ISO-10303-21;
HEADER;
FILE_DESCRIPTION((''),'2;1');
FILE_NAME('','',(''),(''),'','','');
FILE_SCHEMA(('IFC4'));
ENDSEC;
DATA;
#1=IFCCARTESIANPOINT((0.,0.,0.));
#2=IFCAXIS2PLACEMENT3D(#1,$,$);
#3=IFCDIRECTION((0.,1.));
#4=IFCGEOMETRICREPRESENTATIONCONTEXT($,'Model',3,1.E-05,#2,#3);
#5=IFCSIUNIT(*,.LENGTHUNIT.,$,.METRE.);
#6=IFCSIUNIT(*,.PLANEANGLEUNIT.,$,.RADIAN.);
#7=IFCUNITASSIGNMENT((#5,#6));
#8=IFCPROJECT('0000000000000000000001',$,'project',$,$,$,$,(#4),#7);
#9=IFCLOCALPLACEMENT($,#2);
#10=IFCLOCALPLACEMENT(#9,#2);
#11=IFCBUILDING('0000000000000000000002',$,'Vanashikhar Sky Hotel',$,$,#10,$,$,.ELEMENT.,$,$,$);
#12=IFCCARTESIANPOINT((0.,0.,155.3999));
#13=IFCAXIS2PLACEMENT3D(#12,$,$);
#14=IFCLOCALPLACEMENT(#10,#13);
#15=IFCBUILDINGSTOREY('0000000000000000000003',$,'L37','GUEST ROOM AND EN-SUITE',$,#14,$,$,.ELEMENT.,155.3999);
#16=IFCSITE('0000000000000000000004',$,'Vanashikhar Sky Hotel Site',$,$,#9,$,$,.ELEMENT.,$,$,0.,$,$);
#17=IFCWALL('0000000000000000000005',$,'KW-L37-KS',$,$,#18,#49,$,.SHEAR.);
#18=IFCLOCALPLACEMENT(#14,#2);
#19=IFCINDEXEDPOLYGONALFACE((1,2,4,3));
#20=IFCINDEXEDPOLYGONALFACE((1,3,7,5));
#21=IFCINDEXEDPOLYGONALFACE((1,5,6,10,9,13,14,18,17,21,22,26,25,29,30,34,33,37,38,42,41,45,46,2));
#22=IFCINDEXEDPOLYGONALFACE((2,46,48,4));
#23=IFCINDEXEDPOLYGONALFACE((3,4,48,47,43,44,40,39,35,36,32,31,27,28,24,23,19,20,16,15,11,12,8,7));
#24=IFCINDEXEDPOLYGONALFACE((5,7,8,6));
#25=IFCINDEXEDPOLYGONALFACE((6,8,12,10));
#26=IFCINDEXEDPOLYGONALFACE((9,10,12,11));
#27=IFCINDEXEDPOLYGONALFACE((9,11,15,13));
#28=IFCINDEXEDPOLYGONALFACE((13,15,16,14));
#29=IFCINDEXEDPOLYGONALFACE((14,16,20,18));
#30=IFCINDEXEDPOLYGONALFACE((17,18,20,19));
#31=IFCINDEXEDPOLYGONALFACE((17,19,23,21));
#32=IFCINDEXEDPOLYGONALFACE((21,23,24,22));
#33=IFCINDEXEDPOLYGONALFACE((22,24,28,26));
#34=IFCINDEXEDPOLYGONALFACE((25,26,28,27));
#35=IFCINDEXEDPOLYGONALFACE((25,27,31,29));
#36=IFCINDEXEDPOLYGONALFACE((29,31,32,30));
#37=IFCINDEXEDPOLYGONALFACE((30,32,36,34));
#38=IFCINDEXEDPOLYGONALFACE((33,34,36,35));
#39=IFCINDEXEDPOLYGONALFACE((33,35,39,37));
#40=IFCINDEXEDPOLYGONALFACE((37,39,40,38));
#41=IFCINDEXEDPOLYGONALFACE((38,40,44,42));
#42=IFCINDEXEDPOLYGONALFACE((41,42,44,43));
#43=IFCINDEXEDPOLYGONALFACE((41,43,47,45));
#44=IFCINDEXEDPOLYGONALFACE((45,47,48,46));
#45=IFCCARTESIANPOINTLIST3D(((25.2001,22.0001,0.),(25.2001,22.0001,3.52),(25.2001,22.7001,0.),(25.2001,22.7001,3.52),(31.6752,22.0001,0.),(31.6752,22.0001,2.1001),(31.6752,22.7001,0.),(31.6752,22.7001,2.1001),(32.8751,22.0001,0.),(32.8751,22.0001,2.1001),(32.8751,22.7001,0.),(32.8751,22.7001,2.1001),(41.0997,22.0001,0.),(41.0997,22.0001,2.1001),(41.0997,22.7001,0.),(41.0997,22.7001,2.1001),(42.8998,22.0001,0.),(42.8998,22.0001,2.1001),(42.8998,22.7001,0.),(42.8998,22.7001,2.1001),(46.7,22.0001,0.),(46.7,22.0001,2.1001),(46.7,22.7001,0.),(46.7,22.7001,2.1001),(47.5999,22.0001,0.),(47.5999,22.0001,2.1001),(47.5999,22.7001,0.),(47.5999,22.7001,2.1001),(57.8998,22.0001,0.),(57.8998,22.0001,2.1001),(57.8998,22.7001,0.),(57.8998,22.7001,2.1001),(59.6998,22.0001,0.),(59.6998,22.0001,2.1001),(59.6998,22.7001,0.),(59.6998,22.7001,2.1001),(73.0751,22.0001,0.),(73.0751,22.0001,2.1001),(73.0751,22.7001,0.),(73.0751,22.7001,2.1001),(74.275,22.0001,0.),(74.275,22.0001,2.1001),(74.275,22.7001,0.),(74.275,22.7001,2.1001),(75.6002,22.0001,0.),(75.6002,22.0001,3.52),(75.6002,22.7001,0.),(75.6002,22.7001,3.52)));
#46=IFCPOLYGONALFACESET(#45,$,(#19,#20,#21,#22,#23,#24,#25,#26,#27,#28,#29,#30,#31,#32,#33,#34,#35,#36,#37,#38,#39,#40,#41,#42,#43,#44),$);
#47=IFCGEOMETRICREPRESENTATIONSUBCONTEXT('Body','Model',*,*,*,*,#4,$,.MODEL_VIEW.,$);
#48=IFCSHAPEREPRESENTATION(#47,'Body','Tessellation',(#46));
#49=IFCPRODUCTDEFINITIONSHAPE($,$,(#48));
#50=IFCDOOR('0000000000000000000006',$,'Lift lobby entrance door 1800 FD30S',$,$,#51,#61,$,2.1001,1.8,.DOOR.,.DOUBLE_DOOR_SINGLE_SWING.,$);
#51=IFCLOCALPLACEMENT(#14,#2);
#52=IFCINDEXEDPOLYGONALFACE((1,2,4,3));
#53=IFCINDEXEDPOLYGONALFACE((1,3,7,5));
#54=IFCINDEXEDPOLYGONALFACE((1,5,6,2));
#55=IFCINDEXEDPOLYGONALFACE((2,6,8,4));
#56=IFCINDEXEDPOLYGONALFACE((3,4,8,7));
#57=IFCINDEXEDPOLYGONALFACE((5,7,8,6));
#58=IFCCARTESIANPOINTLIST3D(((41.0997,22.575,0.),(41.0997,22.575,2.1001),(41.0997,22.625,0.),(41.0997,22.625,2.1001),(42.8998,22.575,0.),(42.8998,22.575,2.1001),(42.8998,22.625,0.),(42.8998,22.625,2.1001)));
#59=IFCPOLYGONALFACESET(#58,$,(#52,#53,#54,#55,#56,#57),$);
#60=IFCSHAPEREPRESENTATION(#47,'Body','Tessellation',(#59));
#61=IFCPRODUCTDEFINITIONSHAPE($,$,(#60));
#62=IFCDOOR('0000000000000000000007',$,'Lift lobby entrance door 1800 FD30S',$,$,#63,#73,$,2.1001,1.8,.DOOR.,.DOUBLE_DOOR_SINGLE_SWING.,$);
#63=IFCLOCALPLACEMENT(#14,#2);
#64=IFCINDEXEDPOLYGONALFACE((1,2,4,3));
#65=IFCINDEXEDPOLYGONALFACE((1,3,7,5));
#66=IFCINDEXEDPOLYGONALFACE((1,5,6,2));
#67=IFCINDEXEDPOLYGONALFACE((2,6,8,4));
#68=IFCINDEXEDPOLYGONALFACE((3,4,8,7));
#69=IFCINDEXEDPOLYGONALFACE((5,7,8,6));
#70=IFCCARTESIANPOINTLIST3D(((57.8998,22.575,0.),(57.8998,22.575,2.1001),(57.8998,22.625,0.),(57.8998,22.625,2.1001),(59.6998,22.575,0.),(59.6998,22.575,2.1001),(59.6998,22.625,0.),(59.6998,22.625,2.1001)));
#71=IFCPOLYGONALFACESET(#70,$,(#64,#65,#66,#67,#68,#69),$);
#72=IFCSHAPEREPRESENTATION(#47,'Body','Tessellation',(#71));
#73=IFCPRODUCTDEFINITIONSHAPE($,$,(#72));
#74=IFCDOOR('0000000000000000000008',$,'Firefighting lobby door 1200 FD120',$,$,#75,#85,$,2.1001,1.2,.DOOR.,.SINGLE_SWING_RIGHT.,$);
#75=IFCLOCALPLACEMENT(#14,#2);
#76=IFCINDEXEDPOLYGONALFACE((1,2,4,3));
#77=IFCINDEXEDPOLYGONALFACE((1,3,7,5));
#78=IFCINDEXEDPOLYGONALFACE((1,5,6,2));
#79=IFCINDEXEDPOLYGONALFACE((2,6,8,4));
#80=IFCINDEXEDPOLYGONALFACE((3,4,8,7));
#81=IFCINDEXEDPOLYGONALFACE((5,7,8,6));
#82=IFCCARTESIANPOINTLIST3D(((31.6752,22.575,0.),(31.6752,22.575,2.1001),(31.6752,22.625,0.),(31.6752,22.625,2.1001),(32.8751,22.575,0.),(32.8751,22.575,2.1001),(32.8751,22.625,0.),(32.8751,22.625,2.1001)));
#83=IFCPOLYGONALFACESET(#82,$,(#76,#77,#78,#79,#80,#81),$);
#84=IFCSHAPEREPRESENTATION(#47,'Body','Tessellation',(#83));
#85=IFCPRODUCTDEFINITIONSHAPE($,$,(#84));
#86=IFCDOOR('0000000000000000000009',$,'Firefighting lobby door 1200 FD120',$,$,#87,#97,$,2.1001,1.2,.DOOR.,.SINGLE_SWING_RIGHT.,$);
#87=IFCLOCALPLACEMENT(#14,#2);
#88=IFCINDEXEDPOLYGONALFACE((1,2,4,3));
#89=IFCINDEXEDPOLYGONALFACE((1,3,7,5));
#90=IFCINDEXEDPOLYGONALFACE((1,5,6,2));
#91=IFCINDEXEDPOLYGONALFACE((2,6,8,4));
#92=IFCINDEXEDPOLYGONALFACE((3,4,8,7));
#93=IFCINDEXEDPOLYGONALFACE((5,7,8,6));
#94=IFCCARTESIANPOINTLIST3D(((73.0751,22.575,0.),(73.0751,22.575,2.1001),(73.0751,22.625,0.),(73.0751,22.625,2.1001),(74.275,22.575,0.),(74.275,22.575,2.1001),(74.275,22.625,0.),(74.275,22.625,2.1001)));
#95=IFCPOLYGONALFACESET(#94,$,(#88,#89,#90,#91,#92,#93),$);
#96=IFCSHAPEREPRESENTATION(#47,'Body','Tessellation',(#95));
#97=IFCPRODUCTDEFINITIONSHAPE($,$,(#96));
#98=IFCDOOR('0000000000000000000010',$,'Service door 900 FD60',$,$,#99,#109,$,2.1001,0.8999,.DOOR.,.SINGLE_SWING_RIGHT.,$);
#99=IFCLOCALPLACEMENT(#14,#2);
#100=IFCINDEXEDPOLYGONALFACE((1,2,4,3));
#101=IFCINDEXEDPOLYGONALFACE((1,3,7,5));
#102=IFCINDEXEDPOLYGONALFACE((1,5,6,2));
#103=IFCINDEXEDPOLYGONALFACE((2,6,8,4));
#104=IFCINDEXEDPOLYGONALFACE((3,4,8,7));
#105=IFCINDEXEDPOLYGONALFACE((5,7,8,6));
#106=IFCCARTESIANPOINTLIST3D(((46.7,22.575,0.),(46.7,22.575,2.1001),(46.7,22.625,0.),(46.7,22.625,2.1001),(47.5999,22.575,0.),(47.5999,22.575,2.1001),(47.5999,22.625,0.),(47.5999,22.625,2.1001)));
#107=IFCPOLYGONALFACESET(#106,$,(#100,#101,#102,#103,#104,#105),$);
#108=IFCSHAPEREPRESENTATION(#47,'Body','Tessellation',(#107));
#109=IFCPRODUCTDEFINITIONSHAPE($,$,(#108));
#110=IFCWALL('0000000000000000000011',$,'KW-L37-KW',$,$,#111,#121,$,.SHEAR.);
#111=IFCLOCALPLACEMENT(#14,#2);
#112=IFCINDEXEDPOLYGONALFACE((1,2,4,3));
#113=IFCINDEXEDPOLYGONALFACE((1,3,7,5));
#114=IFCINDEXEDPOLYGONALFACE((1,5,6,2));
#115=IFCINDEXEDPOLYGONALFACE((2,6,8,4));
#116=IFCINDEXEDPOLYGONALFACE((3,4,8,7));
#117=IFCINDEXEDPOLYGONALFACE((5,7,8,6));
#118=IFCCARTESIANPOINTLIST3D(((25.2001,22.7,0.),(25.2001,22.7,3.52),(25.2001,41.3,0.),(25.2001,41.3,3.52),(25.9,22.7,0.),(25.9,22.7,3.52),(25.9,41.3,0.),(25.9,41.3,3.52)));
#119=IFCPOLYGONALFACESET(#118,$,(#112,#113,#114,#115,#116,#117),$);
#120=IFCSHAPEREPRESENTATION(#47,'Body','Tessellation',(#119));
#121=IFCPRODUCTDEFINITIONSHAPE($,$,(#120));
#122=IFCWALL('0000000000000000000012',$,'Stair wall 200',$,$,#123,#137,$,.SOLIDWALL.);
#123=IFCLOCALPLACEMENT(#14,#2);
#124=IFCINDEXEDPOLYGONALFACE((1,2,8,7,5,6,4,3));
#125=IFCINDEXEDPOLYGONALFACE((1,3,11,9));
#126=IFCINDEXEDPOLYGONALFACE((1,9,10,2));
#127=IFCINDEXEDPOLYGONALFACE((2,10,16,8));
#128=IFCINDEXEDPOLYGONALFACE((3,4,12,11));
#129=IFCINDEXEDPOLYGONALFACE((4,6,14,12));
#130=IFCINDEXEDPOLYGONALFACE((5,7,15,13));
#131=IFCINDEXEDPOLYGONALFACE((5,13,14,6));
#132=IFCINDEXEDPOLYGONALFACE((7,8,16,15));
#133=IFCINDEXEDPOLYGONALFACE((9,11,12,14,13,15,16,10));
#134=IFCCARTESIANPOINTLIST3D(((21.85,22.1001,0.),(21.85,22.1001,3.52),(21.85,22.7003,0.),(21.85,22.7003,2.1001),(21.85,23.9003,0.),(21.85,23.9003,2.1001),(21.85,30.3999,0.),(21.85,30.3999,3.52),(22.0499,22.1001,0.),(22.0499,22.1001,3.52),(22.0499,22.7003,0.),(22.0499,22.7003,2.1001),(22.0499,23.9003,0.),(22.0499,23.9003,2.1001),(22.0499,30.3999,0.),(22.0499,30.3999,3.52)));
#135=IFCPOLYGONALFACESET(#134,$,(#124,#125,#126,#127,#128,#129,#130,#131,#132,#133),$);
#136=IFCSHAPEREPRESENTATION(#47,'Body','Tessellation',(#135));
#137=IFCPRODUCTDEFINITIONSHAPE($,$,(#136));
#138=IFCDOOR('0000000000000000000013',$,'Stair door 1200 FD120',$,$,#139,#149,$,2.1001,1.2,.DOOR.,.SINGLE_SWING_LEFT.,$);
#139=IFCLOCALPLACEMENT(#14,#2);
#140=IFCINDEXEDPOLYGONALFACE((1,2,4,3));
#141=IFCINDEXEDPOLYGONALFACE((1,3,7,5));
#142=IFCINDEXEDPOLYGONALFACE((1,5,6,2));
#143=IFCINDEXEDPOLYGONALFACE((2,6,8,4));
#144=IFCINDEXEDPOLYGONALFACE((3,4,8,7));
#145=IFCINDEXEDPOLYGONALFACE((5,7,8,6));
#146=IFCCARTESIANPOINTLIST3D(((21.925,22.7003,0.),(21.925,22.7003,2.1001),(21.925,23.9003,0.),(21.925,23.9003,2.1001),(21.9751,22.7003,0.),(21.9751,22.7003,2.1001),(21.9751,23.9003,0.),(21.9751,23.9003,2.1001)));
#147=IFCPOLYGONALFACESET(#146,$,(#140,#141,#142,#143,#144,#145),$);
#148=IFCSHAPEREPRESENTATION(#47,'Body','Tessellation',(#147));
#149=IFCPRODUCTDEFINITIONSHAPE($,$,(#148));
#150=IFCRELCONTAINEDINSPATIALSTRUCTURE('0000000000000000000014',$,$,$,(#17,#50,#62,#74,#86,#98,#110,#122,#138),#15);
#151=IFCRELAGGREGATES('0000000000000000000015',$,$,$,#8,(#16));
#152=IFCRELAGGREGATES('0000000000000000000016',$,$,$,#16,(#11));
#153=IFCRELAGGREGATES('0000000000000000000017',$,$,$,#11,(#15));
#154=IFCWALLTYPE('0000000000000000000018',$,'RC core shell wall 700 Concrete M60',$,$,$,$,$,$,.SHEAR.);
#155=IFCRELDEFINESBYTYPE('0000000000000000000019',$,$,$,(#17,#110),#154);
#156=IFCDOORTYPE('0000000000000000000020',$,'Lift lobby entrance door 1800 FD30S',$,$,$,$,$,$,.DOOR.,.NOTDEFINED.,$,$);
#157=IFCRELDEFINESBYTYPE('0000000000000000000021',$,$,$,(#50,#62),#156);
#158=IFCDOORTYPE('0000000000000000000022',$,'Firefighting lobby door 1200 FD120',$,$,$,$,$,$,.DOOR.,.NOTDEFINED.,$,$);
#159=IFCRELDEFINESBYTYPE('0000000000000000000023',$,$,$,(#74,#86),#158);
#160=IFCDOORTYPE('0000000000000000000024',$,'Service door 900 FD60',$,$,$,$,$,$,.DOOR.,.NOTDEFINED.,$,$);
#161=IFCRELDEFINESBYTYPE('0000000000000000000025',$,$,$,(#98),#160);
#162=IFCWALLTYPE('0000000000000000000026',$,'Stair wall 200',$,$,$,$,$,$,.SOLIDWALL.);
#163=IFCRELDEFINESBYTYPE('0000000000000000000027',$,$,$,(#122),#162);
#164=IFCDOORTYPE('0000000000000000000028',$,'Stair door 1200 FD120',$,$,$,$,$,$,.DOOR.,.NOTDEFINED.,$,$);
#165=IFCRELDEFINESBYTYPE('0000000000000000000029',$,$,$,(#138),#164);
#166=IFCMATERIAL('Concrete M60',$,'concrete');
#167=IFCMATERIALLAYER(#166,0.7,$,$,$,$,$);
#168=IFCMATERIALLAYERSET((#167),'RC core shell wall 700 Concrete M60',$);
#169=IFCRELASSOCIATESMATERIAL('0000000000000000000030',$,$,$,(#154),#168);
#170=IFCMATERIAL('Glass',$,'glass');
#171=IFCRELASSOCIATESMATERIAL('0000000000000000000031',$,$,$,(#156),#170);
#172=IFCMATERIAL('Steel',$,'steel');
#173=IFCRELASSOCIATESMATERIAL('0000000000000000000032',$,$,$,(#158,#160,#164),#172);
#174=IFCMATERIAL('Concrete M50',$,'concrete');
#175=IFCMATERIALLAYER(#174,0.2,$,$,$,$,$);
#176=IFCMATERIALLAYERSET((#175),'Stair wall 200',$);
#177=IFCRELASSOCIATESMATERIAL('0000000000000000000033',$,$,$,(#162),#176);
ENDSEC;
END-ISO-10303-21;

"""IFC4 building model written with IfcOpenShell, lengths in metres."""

from ifc_helpers import new_model, si_unit, direction, frame, frame_2d, origin, place, context, subcontext, project, spatial, rectangle, extrude, source, transform, mapped, material, layer, layer_set, type_object, element, fill, save


model = new_model("IFC4")

# Units and contexts
model_context = context("Model", 3, precision=1e-05, world=origin(), true_north=direction((0.0, 1.0)))
body_context = subcontext(model_context, "Body", "Model", "MODEL_VIEW")
ifc_project = project(units=[si_unit("LENGTHUNIT", "METRE"), si_unit("PLANEANGLEUNIT", "RADIAN")], contexts=[model_context])

# Site, building, storey
site_placement = place(None, origin())
site = spatial("IfcSite", under=ifc_project, at=site_placement, Name="Vanashikhar Sky Hotel Site", CompositionType="ELEMENT", RefElevation=0.0)
building_placement = place(site_placement, origin())
building = spatial("IfcBuilding", under=site, at=building_placement, Name="Vanashikhar Sky Hotel", CompositionType="ELEMENT")
storey_placement = place(building_placement, frame((0.0, 0.0, 155.3999)))
storey = spatial("IfcBuildingStorey", under=building, at=storey_placement, Name="L37", Description="GUEST ROOM AND EN-SUITE", CompositionType="ELEMENT", Elevation=155.3999)

# Wall, openings, doors
ifc_material_1 = material(Name="Concrete M60", Category="concrete")
ifc_layer_1 = layer(ifc_material_1, 0.7)
ifc_layer_set_1 = layer_set([ifc_layer_1], Name="RC core shell wall 700 Concrete M60")
wall_type_1 = type_object("IfcWallType", Name="RC core shell wall 700 Concrete M60", PredefinedType="SHEAR", material=ifc_layer_set_1)
shared_shape_1 = source(origin(), body_context, "Body", "SweptSolid", [
    extrude(rectangle(XDim=50.4001, YDim=0.7, at=frame_2d((25.2002, 0.0))), origin(), (0.0, 0.0, 1.0), 3.52),
])
wall_1_placement = place(storey_placement, frame((25.2, 22.3501, 0.0), z_axis=(0.0, 0.0, 1.0), x_axis=(1.0, 0.0, 0.0)))
wall_1 = element("IfcWall", 1, at=wall_1_placement, inside=storey, type_object=wall_type_1, Name="KW-L37-KS", PredefinedType="SHEAR", context=body_context, shape_type="MappedRepresentation", body=[
    mapped(shared_shape_1, transform((0.0, 0.0, 0.0), scale=1.0)),
])
shared_shape_2 = source(origin(), body_context, "Body", "SweptSolid", [
    extrude(rectangle(XDim=1.8, YDim=2.1001, at=frame_2d((0.8999, 1.05))), frame((0.0, 0.3599, 0.0), z_axis=(0.0, -1.0, 0.0), x_axis=(1.0, 0.0, 0.0)), (0.0, 0.0, 1.0), 0.72),
])
opening_1_placement = place(wall_1_placement, frame((15.8999, 0.0, 0.0)))
opening_1 = element("IfcOpeningElement", 2, at=opening_1_placement, cuts=wall_1, PredefinedType="OPENING", context=body_context, shape_type="MappedRepresentation", body=[
    mapped(shared_shape_2, transform((0.0, 0.0, 0.0), scale=1.0)),
])
shared_shape_3 = source(origin(), body_context, "Body", "SweptSolid", [
    extrude(rectangle(XDim=0.8999, YDim=2.1001, at=frame_2d((0.45, 1.05))), frame((0.0, 0.3599, 0.0), z_axis=(0.0, -1.0, 0.0), x_axis=(1.0, 0.0, 0.0)), (0.0, 0.0, 1.0), 0.72),
])
opening_2_placement = place(wall_1_placement, frame((21.5, 0.0, 0.0)))
opening_2 = element("IfcOpeningElement", 3, at=opening_2_placement, cuts=wall_1, PredefinedType="OPENING", context=body_context, shape_type="MappedRepresentation", body=[
    mapped(shared_shape_3, transform((0.0, 0.0, 0.0), scale=1.0)),
])
opening_3_placement = place(wall_1_placement, frame((32.7, 0.0, 0.0)))
opening_3 = element("IfcOpeningElement", 4, at=opening_3_placement, cuts=wall_1, PredefinedType="OPENING", context=body_context, shape_type="MappedRepresentation", body=[
    mapped(shared_shape_2, transform((0.0, 0.0, 0.0), scale=1.0)),
])
shared_shape_4 = source(origin(), body_context, "Body", "SweptSolid", [
    extrude(rectangle(XDim=1.2, YDim=2.1001, at=frame_2d((0.6001, 1.05))), frame((0.0, 0.3599, 0.0), z_axis=(0.0, -1.0, 0.0), x_axis=(1.0, 0.0, 0.0)), (0.0, 0.0, 1.0), 0.72),
])
opening_4_placement = place(wall_1_placement, frame((6.4751, 0.0, 0.0)))
opening_4 = element("IfcOpeningElement", 5, at=opening_4_placement, cuts=wall_1, PredefinedType="OPENING", context=body_context, shape_type="MappedRepresentation", body=[
    mapped(shared_shape_4, transform((0.0, 0.0, 0.0), scale=1.0)),
])
opening_5_placement = place(wall_1_placement, frame((47.875, 0.0, 0.0)))
opening_5 = element("IfcOpeningElement", 6, at=opening_5_placement, cuts=wall_1, PredefinedType="OPENING", context=body_context, shape_type="MappedRepresentation", body=[
    mapped(shared_shape_4, transform((0.0, 0.0, 0.0), scale=1.0)),
])
ifc_material_2 = material(Name="Glass", Category="glass")
door_type_1 = type_object("IfcDoorType", Name="Lift lobby entrance door 1800 FD30S", OperationType="NOTDEFINED", PredefinedType="DOOR", material=ifc_material_2)
shared_shape_5 = source(origin(), body_context, "Body", "SweptSolid", [
    extrude(rectangle(XDim=1.8, YDim=2.1001, at=frame_2d((0.8999, 1.05))), frame((0.0, 0.2749, 0.0), z_axis=(0.0, -1.0, 0.0), x_axis=(1.0, 0.0, 0.0)), (0.0, 0.0, 1.0), 0.05),
])
door_1_placement = place(opening_1_placement, origin())
door_1 = element("IfcDoor", 7, at=door_1_placement, inside=storey, type_object=door_type_1, Name="Lift lobby entrance door 1800 FD30S", OperationType="DOUBLE_DOOR_SINGLE_SWING", OverallHeight=2.1001, OverallWidth=1.8, PredefinedType="DOOR", context=body_context, shape_type="MappedRepresentation", body=[
    mapped(shared_shape_5, transform((0.0, 0.0, 0.0), scale=1.0)),
])
fill(opening_1, door_1)
door_2_placement = place(opening_3_placement, origin())
door_2 = element("IfcDoor", 8, at=door_2_placement, inside=storey, type_object=door_type_1, Name="Lift lobby entrance door 1800 FD30S", OperationType="DOUBLE_DOOR_SINGLE_SWING", OverallHeight=2.1001, OverallWidth=1.8, PredefinedType="DOOR", context=body_context, shape_type="MappedRepresentation", body=[
    mapped(shared_shape_5, transform((0.0, 0.0, 0.0), scale=1.0)),
])
fill(opening_3, door_2)
ifc_material_3 = material(Name="Steel", Category="steel")
door_type_2 = type_object("IfcDoorType", Name="Firefighting lobby door 1200 FD120", OperationType="NOTDEFINED", PredefinedType="DOOR", material=ifc_material_3)
shared_shape_6 = source(origin(), body_context, "Body", "SweptSolid", [
    extrude(rectangle(XDim=1.2, YDim=2.1001, at=frame_2d((0.6001, 1.05))), frame((0.0, 0.2749, 0.0), z_axis=(0.0, -1.0, 0.0), x_axis=(1.0, 0.0, 0.0)), (0.0, 0.0, 1.0), 0.05),
])
door_3_placement = place(opening_4_placement, origin())
door_3 = element("IfcDoor", 9, at=door_3_placement, inside=storey, type_object=door_type_2, Name="Firefighting lobby door 1200 FD120", OperationType="SINGLE_SWING_RIGHT", OverallHeight=2.1001, OverallWidth=1.2, PredefinedType="DOOR", context=body_context, shape_type="MappedRepresentation", body=[
    mapped(shared_shape_6, transform((0.0, 0.0, 0.0), scale=1.0)),
])
fill(opening_4, door_3)
door_4_placement = place(opening_5_placement, origin())
door_4 = element("IfcDoor", 10, at=door_4_placement, inside=storey, type_object=door_type_2, Name="Firefighting lobby door 1200 FD120", OperationType="SINGLE_SWING_RIGHT", OverallHeight=2.1001, OverallWidth=1.2, PredefinedType="DOOR", context=body_context, shape_type="MappedRepresentation", body=[
    mapped(shared_shape_6, transform((0.0, 0.0, 0.0), scale=1.0)),
])
fill(opening_5, door_4)
door_type_3 = type_object("IfcDoorType", Name="Service door 900 FD60", OperationType="NOTDEFINED", PredefinedType="DOOR", material=ifc_material_3)
shared_shape_7 = source(origin(), body_context, "Body", "SweptSolid", [
    extrude(rectangle(XDim=0.8999, YDim=2.1001, at=frame_2d((0.45, 1.05))), frame((0.0, 0.2749, 0.0), z_axis=(0.0, -1.0, 0.0), x_axis=(1.0, 0.0, 0.0)), (0.0, 0.0, 1.0), 0.05),
])
door_5_placement = place(opening_2_placement, origin())
door_5 = element("IfcDoor", 11, at=door_5_placement, inside=storey, type_object=door_type_3, Name="Service door 900 FD60", OperationType="SINGLE_SWING_RIGHT", OverallHeight=2.1001, OverallWidth=0.8999, PredefinedType="DOOR", context=body_context, shape_type="MappedRepresentation", body=[
    mapped(shared_shape_7, transform((0.0, 0.0, 0.0), scale=1.0)),
])
fill(opening_2, door_5)

# Wall
shared_shape_8 = source(origin(), body_context, "Body", "SweptSolid", [
    extrude(rectangle(XDim=18.6001, YDim=0.7, at=frame_2d((9.3, 0.0))), origin(), (0.0, 0.0, 1.0), 3.52),
])
wall_2_placement = place(storey_placement, frame((25.55, 22.7, 0.0), z_axis=(0.0, 0.0, 1.0), x_axis=(0.0, 1.0, 0.0)))
element("IfcWall", 12, at=wall_2_placement, inside=storey, type_object=wall_type_1, Name="KW-L37-KW", PredefinedType="SHEAR", context=body_context, shape_type="MappedRepresentation", body=[
    mapped(shared_shape_8, transform((0.0, 0.0, 0.0), scale=1.0)),
])

# Wall, opening, door
ifc_material_4 = material(Name="Concrete M50", Category="concrete")
ifc_layer_2 = layer(ifc_material_4, 0.2)
ifc_layer_set_2 = layer_set([ifc_layer_2], Name="Stair wall 200")
wall_type_2 = type_object("IfcWallType", Name="Stair wall 200", PredefinedType="SOLIDWALL", material=ifc_layer_set_2)
shared_shape_9 = source(origin(), body_context, "Body", "SweptSolid", [
    extrude(rectangle(XDim=8.2998, YDim=0.2, at=frame_2d((4.1499, 0.0))), origin(), (0.0, 0.0, 1.0), 3.52),
])
wall_3_placement = place(storey_placement, frame((21.95, 22.1001, 0.0), z_axis=(0.0, 0.0, 1.0), x_axis=(0.0, 1.0, 0.0)))
wall_3 = element("IfcWall", 13, at=wall_3_placement, inside=storey, type_object=wall_type_2, Name="Stair wall 200", PredefinedType="SOLIDWALL", context=body_context, shape_type="MappedRepresentation", body=[
    mapped(shared_shape_9, transform((0.0, 0.0, 0.0), scale=1.0)),
])
shared_shape_10 = source(origin(), body_context, "Body", "SweptSolid", [
    extrude(rectangle(XDim=1.2, YDim=2.1001, at=frame_2d((0.6001, 1.05))), frame((0.0, 0.1099, 0.0), z_axis=(0.0, -1.0, 0.0), x_axis=(1.0, 0.0, 0.0)), (0.0, 0.0, 1.0), 0.22),
])
opening_6_placement = place(wall_3_placement, frame((0.6001, 0.0, 0.0)))
opening_6 = element("IfcOpeningElement", 14, at=opening_6_placement, cuts=wall_3, PredefinedType="OPENING", context=body_context, shape_type="MappedRepresentation", body=[
    mapped(shared_shape_10, transform((0.0, 0.0, 0.0), scale=1.0)),
])
door_type_4 = type_object("IfcDoorType", Name="Stair door 1200 FD120", OperationType="NOTDEFINED", PredefinedType="DOOR", material=ifc_material_3)
shared_shape_11 = source(origin(), body_context, "Body", "SweptSolid", [
    extrude(rectangle(XDim=1.2, YDim=2.1001, at=frame_2d((0.6001, 1.05))), frame((0.0, 0.0249, 0.0), z_axis=(0.0, -1.0, 0.0), x_axis=(1.0, 0.0, 0.0)), (0.0, 0.0, 1.0), 0.05),
])
door_6_placement = place(opening_6_placement, origin())
door_6 = element("IfcDoor", 15, at=door_6_placement, inside=storey, type_object=door_type_4, Name="Stair door 1200 FD120", OperationType="SINGLE_SWING_LEFT", OverallHeight=2.1001, OverallWidth=1.2, PredefinedType="DOOR", context=body_context, shape_type="MappedRepresentation", body=[
    mapped(shared_shape_11, transform((0.0, 0.0, 0.0), scale=1.0)),
])
fill(opening_6, door_6)

save(model, "model.ifc")
